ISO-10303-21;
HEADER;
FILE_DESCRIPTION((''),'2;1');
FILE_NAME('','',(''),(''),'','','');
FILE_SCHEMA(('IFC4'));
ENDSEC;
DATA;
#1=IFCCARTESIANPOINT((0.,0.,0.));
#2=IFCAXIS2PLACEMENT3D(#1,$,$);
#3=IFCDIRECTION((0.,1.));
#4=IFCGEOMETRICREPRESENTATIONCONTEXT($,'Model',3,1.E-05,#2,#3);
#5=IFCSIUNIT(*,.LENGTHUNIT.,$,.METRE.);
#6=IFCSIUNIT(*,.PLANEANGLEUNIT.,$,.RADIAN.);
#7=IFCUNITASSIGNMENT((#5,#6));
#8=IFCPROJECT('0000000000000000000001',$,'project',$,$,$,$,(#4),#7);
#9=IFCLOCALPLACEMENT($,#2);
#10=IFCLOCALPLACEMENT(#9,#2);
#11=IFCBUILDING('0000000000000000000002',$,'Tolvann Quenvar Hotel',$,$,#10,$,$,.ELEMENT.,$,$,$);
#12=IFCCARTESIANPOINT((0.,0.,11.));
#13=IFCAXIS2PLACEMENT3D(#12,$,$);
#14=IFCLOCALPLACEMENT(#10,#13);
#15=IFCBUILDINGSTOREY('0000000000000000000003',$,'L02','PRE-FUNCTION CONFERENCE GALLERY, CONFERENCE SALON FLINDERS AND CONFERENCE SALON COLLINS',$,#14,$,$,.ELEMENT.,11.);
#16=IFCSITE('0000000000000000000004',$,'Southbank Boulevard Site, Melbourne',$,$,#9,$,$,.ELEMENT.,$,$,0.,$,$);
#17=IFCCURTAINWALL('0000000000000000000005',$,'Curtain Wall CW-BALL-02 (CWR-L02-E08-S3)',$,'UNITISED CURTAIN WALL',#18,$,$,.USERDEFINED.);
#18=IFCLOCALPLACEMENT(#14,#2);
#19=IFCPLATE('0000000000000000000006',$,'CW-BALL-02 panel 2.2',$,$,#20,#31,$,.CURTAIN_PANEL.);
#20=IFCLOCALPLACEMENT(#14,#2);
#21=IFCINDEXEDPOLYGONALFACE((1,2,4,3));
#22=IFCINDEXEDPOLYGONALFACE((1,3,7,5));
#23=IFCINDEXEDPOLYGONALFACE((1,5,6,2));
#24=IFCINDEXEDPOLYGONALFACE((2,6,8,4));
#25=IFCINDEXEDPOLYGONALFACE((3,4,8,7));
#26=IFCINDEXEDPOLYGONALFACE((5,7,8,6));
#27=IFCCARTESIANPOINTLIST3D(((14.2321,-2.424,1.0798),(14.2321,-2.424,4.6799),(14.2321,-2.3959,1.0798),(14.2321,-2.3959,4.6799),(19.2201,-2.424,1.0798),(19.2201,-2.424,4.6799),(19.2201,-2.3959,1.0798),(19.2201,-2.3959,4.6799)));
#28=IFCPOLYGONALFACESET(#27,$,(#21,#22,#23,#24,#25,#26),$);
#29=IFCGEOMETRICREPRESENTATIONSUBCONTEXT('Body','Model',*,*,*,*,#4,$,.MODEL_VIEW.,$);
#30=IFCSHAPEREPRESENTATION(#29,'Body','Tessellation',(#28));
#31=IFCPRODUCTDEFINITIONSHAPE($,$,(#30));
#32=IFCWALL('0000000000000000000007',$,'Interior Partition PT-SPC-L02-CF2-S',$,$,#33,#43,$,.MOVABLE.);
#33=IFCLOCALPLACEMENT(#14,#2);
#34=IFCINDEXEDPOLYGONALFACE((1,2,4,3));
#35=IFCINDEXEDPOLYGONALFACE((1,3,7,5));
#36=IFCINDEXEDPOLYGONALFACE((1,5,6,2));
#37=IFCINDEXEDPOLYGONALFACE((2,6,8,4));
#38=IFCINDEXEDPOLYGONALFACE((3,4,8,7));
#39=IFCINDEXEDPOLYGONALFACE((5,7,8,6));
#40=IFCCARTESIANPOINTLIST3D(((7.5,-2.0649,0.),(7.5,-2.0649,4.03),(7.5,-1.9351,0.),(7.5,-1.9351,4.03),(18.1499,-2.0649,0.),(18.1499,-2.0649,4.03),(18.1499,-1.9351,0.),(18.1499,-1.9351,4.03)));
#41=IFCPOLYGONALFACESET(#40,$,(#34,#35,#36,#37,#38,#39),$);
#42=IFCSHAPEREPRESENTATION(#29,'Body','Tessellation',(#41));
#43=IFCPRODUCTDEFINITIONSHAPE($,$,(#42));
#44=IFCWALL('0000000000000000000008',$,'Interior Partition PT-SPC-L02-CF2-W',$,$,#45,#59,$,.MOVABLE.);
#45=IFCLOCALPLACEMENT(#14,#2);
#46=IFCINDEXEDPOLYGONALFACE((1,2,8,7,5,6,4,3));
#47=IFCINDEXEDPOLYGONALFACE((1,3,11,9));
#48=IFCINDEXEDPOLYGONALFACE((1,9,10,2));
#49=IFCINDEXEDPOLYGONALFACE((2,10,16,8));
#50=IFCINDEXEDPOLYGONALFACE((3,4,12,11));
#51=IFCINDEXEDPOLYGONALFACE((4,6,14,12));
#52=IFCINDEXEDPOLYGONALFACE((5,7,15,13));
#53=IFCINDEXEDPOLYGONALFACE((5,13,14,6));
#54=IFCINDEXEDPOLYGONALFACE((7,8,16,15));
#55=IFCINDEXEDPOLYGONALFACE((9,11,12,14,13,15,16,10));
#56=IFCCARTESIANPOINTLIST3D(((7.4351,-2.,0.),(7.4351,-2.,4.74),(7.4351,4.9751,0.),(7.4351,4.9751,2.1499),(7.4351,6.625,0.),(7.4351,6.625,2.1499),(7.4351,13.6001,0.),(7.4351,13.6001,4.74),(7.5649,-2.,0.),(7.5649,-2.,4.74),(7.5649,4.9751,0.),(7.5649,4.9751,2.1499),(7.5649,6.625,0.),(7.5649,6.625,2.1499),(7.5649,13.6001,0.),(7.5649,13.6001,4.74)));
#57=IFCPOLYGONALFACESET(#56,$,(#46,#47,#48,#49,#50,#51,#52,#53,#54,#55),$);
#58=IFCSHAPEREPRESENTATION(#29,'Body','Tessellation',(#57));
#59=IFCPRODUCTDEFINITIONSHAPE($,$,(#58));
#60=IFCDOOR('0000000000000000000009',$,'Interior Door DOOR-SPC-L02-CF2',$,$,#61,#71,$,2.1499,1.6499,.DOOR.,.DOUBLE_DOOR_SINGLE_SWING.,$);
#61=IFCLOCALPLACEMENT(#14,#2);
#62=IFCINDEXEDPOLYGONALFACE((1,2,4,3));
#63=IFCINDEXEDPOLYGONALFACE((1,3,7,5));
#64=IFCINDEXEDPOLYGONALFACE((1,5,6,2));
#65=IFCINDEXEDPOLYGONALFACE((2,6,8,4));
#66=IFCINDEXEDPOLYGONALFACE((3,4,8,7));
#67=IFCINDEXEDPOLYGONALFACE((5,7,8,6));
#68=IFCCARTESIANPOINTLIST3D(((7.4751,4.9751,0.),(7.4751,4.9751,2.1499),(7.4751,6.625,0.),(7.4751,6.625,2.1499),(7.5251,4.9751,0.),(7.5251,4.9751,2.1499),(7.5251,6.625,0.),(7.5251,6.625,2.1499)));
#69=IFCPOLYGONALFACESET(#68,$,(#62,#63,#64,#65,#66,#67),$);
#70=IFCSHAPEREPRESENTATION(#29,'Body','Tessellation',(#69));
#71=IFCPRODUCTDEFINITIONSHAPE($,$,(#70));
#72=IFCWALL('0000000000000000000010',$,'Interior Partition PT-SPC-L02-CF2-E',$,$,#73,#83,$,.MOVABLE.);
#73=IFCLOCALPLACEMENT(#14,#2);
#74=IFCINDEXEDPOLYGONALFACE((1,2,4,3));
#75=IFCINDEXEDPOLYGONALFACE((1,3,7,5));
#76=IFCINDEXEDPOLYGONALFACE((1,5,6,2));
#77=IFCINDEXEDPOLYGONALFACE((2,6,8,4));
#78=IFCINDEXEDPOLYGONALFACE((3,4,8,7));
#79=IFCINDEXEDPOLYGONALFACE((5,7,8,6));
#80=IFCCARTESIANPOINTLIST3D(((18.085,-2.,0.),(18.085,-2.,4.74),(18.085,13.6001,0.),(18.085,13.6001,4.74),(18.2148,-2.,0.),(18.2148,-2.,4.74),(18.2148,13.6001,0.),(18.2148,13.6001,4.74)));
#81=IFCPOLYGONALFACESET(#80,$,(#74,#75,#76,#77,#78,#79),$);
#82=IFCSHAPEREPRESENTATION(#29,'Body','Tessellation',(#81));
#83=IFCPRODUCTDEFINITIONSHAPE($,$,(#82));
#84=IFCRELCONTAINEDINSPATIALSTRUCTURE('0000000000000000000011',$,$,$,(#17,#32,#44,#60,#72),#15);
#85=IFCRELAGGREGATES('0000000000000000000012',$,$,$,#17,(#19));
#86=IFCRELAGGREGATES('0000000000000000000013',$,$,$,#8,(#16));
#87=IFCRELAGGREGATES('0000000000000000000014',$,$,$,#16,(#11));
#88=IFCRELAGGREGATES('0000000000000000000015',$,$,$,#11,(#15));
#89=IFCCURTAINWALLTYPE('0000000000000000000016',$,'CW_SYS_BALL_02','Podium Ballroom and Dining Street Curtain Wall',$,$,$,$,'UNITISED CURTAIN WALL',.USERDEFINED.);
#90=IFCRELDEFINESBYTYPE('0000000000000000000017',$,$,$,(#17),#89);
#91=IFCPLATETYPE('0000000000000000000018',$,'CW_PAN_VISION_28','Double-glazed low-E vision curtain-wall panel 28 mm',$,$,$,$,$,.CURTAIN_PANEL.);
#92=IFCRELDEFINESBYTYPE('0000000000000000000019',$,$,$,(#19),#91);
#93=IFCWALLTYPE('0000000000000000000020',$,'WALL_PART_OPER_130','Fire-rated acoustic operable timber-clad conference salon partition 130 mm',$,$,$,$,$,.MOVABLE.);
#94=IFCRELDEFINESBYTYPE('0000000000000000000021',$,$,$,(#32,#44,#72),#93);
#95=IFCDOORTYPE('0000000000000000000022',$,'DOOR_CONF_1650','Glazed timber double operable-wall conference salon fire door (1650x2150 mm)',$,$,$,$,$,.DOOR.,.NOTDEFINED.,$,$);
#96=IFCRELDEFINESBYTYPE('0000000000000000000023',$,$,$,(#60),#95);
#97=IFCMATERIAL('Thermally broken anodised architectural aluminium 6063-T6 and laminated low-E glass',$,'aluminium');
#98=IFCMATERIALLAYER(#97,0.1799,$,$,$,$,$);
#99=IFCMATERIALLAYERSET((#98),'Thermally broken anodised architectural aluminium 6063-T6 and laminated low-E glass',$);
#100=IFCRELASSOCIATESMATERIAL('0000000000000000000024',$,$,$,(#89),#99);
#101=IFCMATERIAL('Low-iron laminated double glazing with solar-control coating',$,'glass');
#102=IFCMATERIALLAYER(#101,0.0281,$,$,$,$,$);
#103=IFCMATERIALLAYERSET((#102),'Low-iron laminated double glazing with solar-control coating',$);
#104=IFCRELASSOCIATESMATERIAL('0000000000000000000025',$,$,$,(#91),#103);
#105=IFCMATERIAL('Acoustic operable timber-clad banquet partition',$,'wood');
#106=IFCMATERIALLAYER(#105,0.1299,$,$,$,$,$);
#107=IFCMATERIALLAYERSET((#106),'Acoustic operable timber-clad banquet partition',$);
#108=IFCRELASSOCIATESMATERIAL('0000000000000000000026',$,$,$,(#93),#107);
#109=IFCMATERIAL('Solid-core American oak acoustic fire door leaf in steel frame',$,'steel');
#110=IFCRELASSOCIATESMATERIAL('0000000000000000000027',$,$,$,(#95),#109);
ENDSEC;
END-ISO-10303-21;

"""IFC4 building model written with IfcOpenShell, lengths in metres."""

from ifc_helpers import new_model, si_unit, direction, frame, frame_2d, origin, origin_2d, place, context, subcontext, project, spatial, rectangle, extrude, source, transform, mapped, material, layer, layer_set, type_object, type_shapes, element, fill, aggregate, save


model = new_model("IFC4")

# Units and contexts
model_context = context("Model", 3, precision=1e-05, world=origin(), true_north=direction((0.0, 1.0)))
body_context = subcontext(model_context, "Body", "Model", "MODEL_VIEW")
ifc_project = project(units=[si_unit("LENGTHUNIT", "METRE"), si_unit("PLANEANGLEUNIT", "RADIAN")], contexts=[model_context])

# Site, building, storey
site_placement = place(None, origin())
site = spatial("IfcSite", under=ifc_project, at=site_placement, Name="Southbank Boulevard Site, Melbourne", CompositionType="ELEMENT", RefElevation=0.0)
building_placement = place(site_placement, origin())
building = spatial("IfcBuilding", under=site, at=building_placement, Name="Tolvann Quenvar Hotel", CompositionType="ELEMENT")
storey_placement = place(building_placement, frame((0.0, 0.0, 11.0)))
storey = spatial("IfcBuildingStorey", under=building, at=storey_placement, Name="L02", Description="PRE-FUNCTION CONFERENCE GALLERY, CONFERENCE SALON FLINDERS AND CONFERENCE SALON COLLINS", CompositionType="ELEMENT", Elevation=11.0)

# Shared definitions
ifc_material_1 = material(Name="Thermally broken anodised architectural aluminium 6063-T6 and laminated low-E glass", Category="aluminium")

# Shared definitions
ifc_layer_1 = layer(ifc_material_1, 0.1799)
ifc_layer_set_1 = layer_set([ifc_layer_1], Name="Thermally broken anodised architectural aluminium 6063-T6 and laminated low-E glass")
curtain_wall_type_1 = type_object("IfcCurtainWallType", Name="CW_SYS_BALL_02", Description="Podium Ballroom and Dining Street Curtain Wall", ElementType="UNITISED CURTAIN WALL", PredefinedType="USERDEFINED", material=ifc_layer_set_1)

# Curtain wall
curtain_wall_1_placement = place(storey_placement, origin())
curtain_wall_1 = element("IfcCurtainWall", 1, at=curtain_wall_1_placement, inside=storey, type_object=curtain_wall_type_1, Name="Curtain Wall CW-BALL-02 (CWR-L02-E08-S3)", ObjectType="UNITISED CURTAIN WALL", PredefinedType="USERDEFINED")

# Plate
ifc_material_2 = material(Name="Low-iron laminated double glazing with solar-control coating", Category="glass")
ifc_layer_2 = layer(ifc_material_2, 0.0281)
ifc_layer_set_2 = layer_set([ifc_layer_2], Name="Low-iron laminated double glazing with solar-control coating")
plate_type = type_object("IfcPlateType", Name="CW_PAN_VISION_28", Description="Double-glazed low-E vision curtain-wall panel 28 mm", PredefinedType="CURTAIN_PANEL", material=ifc_layer_set_2)
shared_shape_1 = source(origin(), body_context, "Body", "SweptSolid", [
    extrude(rectangle(XDim=4.988, YDim=0.0281, at=origin_2d()), origin(), (0.0, 0.0, 1.0), 3.6001),
])
plate_1_placement = place(storey_placement, frame((16.7261, -2.4099, 1.0798), z_axis=(0.0, 0.0, 1.0), x_axis=(1.0, 0.0, 0.0)))
plate_1 = element("IfcPlate", 2, at=plate_1_placement, type_object=plate_type, Name="CW-BALL-02 panel 2.2", PredefinedType="CURTAIN_PANEL", context=body_context, shape_type="MappedRepresentation", body=[
    mapped(shared_shape_1, transform((0.0, 0.0, 0.0), x_axis=(1.0, 0.0, 0.0), y_axis=(0.0, 1.0, 0.0), z_axis=(0.0, 0.0, 1.0), scale=1.0)),
])
aggregate(curtain_wall_1, [plate_1])

# Wall
ifc_material_3 = material(Name="Acoustic operable timber-clad banquet partition", Category="wood")
ifc_layer_3 = layer(ifc_material_3, 0.1299)
ifc_layer_set_3 = layer_set([ifc_layer_3], Name="Acoustic operable timber-clad banquet partition")
wall_type = type_object("IfcWallType", Name="WALL_PART_OPER_130", Description="Fire-rated acoustic operable timber-clad conference salon partition 130 mm", PredefinedType="MOVABLE", material=ifc_layer_set_3)
wall_1_placement = place(storey_placement, frame((7.5, -2.0, 0.0), z_axis=(0.0, 0.0, 1.0), x_axis=(1.0, 0.0, 0.0)))
element("IfcWall", 3, at=wall_1_placement, inside=storey, type_object=wall_type, Name="Interior Partition PT-SPC-L02-CF2-S", PredefinedType="MOVABLE", context=body_context, shape_type="SweptSolid", body=[
    extrude(rectangle(XDim=10.6499, YDim=0.1299, at=frame_2d((5.325, 0.0))), origin(), (0.0, 0.0, 1.0), 4.03),
])

# Wall, opening, door
wall_2_placement = place(storey_placement, frame((7.5, -2.0, 0.0), z_axis=(0.0, 0.0, 1.0), x_axis=(0.0, 1.0, 0.0)))
wall_2 = element("IfcWall", 4, at=wall_2_placement, inside=storey, type_object=wall_type, Name="Interior Partition PT-SPC-L02-CF2-W", PredefinedType="MOVABLE", context=body_context, shape_type="SweptSolid", body=[
    extrude(rectangle(XDim=15.6001, YDim=0.1299, at=frame_2d((7.8, 0.0))), origin(), (0.0, 0.0, 1.0), 4.74),
])
opening_placement = place(wall_2_placement, frame((6.9751, 0.0, 0.0)))
opening = element("IfcOpeningElement", 5, at=opening_placement, cuts=wall_2, PredefinedType="OPENING", context=body_context, shape_type="SweptSolid", body=[
    extrude(rectangle(XDim=1.6499, YDim=2.1499, at=frame_2d((0.825, 1.075))), frame((0.0, 0.075, 0.0), z_axis=(0.0, -1.0, 0.0), x_axis=(1.0, 0.0, 0.0)), (0.0, 0.0, 1.0), 0.1499),
])
ifc_material_4 = material(Name="Solid-core American oak acoustic fire door leaf in steel frame", Category="steel")
door_type = type_object("IfcDoorType", Name="DOOR_CONF_1650", Description="Glazed timber double operable-wall conference salon fire door (1650x2150 mm)", OperationType="NOTDEFINED", PredefinedType="DOOR", material=ifc_material_4)
shared_shape_2 = source(origin(), body_context, "Body", "SweptSolid", [
    extrude(rectangle(XDim=1.6499, YDim=2.1499, at=frame_2d((0.825, 1.075))), frame((0.0, 0.0249, 0.0), z_axis=(0.0, -1.0, 0.0), x_axis=(1.0, 0.0, 0.0)), (0.0, 0.0, 1.0), 0.05),
])
type_shapes(door_type, [shared_shape_2])
door_placement = place(opening_placement, origin())
door = element("IfcDoor", 6, at=door_placement, inside=storey, type_object=door_type, Name="Interior Door DOOR-SPC-L02-CF2", OperationType="DOUBLE_DOOR_SINGLE_SWING", OverallHeight=2.1499, OverallWidth=1.6499, PredefinedType="DOOR", context=body_context, shape_type="MappedRepresentation", body=[
    mapped(shared_shape_2, transform((0.0, 0.0, 0.0), x_axis=(1.0, 0.0, 0.0), y_axis=(0.0, 1.0, 0.0), z_axis=(0.0, 0.0, 1.0), scale=1.0)),
])
fill(opening, door)

# Wall
wall_3_placement = place(storey_placement, frame((18.1499, -2.0, 0.0), z_axis=(0.0, 0.0, 1.0), x_axis=(0.0, 1.0, 0.0)))
element("IfcWall", 7, at=wall_3_placement, inside=storey, type_object=wall_type, Name="Interior Partition PT-SPC-L02-CF2-E", PredefinedType="MOVABLE", context=body_context, shape_type="SweptSolid", body=[
    extrude(rectangle(XDim=15.6001, YDim=0.1299, at=frame_2d((7.8, 0.0))), origin(), (0.0, 0.0, 1.0), 4.74),
])

save(model, "model.ifc")
